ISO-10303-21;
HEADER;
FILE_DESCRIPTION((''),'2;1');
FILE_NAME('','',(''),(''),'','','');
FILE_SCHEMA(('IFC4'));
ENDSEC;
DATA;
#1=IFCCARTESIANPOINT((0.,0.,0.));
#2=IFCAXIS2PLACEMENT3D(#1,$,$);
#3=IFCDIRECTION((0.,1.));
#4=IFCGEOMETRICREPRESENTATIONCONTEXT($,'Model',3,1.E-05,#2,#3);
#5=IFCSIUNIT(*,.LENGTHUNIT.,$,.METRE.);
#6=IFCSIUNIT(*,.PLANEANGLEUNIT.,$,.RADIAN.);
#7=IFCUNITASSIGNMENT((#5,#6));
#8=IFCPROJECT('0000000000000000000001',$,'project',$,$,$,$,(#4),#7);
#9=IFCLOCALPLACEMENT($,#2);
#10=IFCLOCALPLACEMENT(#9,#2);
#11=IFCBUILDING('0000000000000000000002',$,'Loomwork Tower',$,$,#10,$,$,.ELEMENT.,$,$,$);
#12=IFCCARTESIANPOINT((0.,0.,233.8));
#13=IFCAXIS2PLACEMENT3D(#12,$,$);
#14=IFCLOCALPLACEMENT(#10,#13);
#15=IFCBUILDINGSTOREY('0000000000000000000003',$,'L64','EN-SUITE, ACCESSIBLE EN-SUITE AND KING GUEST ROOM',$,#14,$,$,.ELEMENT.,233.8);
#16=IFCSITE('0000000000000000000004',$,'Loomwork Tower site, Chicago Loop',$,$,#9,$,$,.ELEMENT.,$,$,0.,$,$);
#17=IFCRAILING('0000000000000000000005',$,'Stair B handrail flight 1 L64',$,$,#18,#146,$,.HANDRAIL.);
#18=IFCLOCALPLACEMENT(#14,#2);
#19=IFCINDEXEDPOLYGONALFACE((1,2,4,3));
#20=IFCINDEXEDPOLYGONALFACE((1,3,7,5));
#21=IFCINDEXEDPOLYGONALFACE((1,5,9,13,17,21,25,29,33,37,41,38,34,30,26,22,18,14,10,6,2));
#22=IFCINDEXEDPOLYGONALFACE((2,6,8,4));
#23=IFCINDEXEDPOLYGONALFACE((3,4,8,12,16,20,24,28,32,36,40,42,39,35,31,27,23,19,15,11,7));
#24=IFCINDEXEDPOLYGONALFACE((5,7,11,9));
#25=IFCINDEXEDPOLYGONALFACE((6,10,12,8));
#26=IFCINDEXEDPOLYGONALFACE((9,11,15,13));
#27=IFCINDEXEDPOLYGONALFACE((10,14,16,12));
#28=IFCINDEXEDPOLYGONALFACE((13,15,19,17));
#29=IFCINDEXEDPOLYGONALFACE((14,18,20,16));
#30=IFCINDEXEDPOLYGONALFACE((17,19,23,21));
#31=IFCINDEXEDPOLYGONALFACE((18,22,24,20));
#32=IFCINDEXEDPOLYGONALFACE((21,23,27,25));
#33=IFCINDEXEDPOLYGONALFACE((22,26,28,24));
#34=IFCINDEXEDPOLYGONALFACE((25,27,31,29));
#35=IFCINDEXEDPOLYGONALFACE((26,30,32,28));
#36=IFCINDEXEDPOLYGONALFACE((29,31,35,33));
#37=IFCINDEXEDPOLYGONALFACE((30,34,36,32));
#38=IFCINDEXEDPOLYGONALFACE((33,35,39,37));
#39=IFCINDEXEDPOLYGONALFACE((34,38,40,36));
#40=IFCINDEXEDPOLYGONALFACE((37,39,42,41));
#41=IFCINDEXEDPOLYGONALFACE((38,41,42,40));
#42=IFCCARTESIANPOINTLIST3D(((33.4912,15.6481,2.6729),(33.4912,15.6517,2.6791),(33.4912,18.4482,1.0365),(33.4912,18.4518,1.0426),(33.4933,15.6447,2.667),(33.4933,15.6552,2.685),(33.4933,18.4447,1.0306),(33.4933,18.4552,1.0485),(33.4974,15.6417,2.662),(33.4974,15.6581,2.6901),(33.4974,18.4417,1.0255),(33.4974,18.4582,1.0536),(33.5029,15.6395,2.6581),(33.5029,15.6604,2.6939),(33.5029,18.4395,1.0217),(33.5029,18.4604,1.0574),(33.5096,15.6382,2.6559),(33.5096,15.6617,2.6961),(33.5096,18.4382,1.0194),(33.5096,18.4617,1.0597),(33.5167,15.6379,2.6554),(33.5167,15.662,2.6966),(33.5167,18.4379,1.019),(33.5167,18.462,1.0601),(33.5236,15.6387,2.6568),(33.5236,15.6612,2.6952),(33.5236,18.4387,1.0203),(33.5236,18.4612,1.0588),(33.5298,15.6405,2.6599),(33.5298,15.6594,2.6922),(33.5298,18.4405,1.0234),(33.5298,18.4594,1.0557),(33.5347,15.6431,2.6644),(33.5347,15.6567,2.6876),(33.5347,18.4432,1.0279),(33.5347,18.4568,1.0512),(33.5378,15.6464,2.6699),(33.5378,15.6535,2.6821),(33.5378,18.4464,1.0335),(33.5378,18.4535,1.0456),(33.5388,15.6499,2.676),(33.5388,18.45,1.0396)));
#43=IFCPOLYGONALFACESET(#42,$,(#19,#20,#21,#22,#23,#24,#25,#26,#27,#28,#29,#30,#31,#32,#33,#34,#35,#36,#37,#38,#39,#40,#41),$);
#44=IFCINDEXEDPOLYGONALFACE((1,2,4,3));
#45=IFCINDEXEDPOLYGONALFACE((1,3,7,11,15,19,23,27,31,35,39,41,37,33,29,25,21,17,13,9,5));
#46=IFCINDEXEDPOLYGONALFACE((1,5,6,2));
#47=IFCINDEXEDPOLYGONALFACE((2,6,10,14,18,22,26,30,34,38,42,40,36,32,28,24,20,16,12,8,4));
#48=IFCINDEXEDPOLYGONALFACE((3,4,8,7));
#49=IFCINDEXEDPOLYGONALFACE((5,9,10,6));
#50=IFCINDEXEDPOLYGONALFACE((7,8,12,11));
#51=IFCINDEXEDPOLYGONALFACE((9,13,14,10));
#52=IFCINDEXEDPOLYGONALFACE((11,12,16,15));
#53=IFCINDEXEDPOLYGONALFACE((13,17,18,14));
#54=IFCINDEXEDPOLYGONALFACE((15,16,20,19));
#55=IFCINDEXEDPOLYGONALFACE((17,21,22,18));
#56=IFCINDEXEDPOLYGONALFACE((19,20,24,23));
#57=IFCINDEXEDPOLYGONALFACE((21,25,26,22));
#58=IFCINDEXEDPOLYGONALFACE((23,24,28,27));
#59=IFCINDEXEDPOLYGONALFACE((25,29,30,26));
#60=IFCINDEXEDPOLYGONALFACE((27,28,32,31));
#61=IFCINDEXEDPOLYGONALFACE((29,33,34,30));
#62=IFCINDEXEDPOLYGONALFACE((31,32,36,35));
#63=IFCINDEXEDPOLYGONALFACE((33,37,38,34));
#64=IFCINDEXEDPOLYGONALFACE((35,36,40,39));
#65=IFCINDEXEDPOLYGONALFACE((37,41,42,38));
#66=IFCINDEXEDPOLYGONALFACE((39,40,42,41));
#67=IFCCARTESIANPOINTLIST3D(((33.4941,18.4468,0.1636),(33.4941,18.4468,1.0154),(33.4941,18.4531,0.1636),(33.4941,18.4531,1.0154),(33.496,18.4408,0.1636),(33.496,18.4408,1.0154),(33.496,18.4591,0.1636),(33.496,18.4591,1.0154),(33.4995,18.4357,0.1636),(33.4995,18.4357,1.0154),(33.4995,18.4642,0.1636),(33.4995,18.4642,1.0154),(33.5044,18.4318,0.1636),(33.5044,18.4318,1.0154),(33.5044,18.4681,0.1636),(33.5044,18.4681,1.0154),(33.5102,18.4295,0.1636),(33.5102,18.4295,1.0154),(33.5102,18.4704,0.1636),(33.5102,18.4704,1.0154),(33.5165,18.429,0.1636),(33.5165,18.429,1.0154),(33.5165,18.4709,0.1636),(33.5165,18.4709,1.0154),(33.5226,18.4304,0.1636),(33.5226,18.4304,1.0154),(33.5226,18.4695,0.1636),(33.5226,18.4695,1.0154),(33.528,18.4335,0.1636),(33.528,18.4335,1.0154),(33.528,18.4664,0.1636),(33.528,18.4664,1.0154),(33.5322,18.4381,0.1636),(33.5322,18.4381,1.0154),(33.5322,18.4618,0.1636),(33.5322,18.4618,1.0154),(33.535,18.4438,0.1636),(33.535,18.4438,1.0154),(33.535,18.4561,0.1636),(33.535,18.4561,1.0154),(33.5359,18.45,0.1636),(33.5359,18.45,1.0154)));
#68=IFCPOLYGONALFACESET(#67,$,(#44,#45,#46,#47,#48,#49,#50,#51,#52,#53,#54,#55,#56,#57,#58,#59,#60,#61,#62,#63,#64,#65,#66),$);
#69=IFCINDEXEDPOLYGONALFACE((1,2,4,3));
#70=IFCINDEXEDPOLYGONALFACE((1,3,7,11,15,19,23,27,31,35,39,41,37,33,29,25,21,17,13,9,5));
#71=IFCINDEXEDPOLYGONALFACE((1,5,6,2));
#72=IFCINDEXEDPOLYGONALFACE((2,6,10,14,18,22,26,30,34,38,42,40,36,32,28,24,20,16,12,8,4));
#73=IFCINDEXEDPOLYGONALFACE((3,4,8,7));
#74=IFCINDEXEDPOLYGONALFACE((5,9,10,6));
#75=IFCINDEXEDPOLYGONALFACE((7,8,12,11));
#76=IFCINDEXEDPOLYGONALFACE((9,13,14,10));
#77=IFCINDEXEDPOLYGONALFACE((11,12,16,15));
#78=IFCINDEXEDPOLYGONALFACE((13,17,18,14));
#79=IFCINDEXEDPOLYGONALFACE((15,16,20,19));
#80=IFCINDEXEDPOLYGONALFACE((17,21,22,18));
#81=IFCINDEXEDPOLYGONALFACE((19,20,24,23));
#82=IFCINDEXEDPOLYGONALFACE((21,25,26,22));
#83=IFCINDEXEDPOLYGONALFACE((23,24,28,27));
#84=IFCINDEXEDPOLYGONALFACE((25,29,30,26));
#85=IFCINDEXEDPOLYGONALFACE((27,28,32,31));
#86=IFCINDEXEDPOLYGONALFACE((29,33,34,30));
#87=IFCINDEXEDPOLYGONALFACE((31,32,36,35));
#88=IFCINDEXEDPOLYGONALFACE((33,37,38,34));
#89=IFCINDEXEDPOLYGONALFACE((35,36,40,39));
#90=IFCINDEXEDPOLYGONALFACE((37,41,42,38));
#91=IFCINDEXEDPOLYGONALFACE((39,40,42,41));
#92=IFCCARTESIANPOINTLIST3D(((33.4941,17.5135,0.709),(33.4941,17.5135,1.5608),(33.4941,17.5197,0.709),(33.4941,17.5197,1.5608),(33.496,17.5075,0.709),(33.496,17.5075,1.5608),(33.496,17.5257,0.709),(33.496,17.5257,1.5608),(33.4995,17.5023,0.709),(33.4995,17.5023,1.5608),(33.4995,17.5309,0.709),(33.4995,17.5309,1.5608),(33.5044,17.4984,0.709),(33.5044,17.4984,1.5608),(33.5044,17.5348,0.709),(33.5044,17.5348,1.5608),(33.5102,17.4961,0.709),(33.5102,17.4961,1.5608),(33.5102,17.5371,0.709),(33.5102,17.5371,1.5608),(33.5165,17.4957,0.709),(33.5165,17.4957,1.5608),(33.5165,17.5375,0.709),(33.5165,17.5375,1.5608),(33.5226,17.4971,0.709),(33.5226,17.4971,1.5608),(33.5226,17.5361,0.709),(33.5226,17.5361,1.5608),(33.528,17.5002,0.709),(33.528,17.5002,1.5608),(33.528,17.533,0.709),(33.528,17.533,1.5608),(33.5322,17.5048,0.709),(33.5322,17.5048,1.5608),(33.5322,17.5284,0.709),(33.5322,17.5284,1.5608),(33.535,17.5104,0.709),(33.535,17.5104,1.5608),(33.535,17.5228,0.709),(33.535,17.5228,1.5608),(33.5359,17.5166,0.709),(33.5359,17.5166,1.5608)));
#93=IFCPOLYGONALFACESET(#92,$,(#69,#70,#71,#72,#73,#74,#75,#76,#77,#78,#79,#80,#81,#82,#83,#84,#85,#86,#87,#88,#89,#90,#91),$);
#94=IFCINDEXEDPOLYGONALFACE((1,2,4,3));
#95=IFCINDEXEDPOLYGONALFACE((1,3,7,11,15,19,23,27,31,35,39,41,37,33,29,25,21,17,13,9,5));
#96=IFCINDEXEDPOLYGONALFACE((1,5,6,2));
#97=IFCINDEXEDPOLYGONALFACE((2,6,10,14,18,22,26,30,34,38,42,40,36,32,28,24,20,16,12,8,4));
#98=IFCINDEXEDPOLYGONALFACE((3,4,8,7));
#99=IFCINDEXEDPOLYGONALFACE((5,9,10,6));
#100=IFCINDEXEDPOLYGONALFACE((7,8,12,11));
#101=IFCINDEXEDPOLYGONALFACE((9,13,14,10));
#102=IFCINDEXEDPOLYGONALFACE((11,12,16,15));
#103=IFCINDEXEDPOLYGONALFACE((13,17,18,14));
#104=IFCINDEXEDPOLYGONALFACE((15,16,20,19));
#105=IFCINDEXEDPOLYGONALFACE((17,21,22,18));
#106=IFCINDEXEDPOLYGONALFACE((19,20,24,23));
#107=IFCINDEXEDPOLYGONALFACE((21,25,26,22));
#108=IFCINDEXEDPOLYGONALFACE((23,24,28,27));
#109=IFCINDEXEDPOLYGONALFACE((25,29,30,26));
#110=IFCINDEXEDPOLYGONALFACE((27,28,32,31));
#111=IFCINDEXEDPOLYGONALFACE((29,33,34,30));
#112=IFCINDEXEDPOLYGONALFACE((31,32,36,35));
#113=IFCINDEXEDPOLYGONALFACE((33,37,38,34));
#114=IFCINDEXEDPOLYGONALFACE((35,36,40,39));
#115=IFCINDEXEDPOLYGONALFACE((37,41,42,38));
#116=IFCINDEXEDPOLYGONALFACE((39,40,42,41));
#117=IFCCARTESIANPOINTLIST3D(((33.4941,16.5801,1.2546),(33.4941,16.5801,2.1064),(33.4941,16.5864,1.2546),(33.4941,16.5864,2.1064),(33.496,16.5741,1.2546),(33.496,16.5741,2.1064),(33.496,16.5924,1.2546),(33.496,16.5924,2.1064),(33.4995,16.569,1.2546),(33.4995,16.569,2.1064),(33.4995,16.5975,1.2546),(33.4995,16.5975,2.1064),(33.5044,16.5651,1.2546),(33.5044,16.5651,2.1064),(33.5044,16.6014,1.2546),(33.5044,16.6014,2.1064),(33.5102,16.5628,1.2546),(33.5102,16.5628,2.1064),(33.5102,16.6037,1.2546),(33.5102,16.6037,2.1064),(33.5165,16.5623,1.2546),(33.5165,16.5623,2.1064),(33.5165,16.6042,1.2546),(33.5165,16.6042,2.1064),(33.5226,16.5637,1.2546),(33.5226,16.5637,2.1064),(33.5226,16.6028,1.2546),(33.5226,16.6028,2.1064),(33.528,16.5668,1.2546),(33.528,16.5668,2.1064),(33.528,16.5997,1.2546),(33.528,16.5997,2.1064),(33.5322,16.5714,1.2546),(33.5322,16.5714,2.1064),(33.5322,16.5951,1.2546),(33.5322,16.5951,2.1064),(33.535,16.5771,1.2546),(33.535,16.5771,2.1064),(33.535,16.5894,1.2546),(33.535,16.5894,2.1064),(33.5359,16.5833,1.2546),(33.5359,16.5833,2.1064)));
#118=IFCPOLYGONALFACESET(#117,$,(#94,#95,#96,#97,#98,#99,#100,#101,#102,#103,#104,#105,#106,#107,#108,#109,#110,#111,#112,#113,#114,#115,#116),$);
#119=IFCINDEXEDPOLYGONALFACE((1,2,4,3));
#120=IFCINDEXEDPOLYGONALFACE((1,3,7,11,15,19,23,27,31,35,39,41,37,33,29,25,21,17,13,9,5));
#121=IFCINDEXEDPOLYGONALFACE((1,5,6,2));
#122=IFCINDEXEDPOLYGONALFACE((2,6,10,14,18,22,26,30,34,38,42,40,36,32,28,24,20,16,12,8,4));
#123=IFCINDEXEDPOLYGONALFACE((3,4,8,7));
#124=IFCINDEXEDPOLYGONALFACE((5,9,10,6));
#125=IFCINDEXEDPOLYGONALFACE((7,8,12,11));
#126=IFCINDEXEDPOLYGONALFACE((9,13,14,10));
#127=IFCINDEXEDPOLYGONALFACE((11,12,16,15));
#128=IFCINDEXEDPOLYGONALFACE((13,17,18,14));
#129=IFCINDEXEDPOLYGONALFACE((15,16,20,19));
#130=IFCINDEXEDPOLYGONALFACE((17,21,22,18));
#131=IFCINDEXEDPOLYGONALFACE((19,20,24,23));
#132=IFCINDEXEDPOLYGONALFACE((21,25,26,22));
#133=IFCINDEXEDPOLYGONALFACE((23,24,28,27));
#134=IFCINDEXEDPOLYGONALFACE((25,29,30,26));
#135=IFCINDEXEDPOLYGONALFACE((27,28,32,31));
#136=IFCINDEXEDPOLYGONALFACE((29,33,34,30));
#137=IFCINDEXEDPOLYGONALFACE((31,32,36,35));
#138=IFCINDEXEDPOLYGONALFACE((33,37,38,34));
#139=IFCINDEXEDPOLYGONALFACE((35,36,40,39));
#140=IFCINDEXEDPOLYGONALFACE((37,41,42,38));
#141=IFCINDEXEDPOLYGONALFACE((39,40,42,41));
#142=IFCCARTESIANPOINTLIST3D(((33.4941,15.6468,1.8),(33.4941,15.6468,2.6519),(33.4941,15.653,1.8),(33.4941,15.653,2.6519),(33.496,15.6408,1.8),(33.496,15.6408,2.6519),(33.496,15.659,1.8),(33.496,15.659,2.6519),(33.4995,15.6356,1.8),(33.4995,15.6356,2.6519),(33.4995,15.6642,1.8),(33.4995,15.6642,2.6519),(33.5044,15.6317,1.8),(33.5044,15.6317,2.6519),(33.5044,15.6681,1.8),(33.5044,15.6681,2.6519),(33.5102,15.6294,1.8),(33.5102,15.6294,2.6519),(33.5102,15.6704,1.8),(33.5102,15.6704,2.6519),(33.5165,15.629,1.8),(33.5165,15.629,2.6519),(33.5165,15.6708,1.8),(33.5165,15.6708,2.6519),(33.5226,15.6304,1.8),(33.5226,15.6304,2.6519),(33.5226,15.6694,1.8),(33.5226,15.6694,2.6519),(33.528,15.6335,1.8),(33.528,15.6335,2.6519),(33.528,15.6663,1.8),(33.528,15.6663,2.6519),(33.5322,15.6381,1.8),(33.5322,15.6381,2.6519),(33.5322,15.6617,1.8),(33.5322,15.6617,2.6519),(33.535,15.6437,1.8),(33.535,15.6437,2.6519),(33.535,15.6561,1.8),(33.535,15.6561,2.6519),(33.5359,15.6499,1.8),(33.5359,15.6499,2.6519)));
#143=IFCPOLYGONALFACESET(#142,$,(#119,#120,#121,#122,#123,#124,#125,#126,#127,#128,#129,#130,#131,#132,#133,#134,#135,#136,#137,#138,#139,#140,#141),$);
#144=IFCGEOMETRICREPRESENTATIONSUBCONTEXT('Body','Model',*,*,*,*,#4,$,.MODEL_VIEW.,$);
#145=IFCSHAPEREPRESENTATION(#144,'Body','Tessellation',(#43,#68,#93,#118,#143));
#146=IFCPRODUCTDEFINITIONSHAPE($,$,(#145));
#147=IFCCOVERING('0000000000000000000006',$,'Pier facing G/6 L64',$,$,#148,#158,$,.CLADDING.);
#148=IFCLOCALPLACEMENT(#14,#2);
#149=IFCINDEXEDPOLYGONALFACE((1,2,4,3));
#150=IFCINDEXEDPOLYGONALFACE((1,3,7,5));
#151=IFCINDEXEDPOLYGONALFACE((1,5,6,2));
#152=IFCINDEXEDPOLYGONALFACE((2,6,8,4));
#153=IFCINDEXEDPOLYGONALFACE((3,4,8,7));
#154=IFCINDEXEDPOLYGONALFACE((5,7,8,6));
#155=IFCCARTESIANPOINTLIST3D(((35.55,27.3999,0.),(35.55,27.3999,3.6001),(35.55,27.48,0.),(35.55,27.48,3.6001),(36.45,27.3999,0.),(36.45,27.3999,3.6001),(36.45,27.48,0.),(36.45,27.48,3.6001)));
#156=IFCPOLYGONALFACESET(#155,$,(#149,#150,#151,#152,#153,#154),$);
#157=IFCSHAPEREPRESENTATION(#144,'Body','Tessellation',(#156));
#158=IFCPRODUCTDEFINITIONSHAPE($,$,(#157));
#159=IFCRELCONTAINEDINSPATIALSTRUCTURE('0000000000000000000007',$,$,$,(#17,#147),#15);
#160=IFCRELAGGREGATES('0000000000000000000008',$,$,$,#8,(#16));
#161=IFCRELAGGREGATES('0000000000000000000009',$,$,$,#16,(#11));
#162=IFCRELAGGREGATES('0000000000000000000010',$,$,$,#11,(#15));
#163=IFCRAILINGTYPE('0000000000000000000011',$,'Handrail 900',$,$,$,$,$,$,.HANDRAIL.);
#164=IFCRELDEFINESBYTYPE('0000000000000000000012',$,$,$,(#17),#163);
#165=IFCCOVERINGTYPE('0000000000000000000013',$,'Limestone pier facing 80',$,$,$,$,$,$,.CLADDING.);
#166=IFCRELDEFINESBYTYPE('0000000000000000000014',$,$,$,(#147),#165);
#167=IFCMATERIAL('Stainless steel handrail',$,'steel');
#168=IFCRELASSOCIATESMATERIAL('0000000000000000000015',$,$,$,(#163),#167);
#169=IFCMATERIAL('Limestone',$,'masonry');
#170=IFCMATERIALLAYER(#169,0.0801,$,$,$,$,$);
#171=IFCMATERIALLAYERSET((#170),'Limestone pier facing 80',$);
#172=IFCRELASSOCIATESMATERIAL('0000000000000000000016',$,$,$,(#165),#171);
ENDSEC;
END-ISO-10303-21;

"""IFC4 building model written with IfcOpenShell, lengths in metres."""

from ifc_helpers import new_model, si_unit, direction, frame, origin, origin_2d, place, context, subcontext, project, spatial, rectangle, circle, extrude, material, layer, layer_set, type_object, element, save


model = new_model("IFC4")

# Units and contexts
model_context = context("Model", 3, precision=1e-05, world=origin(), true_north=direction((0.0, 1.0)))
body_context = subcontext(model_context, "Body", "Model", "MODEL_VIEW")
ifc_project = project(units=[si_unit("LENGTHUNIT", "METRE"), si_unit("PLANEANGLEUNIT", "RADIAN")], contexts=[model_context])

# Site, building, storey
site_placement = place(None, origin())
site = spatial("IfcSite", under=ifc_project, at=site_placement, Name="Loomwork Tower site, Chicago Loop", CompositionType="ELEMENT", RefElevation=0.0)
building_placement = place(site_placement, origin())
building = spatial("IfcBuilding", under=site, at=building_placement, Name="Loomwork Tower", CompositionType="ELEMENT")
storey_placement = place(building_placement, frame((0.0, 0.0, 233.8)))
storey = spatial("IfcBuildingStorey", under=building, at=storey_placement, Name="L64", Description="EN-SUITE, ACCESSIBLE EN-SUITE AND KING GUEST ROOM", CompositionType="ELEMENT", Elevation=233.8)

# Railing
ifc_material_1 = material(Name="Stainless steel handrail", Category="steel")
railing_type = type_object("IfcRailingType", Name="Handrail 900", PredefinedType="HANDRAIL", material=ifc_material_1)
railing_placement = place(storey_placement, frame((33.5149, 18.45, 0.1636)))
element("IfcRailing", 1, at=railing_placement, inside=storey, type_object=railing_type, Name="Stair B handrail flight 1 L64", PredefinedType="HANDRAIL", context=body_context, shape_type="SweptSolid", body=[
    extrude(circle(Radius=0.0239, at=origin_2d()), frame((0.0, 0.0, 0.876), z_axis=(0.0, -0.863361, 0.504587), x_axis=(1.0, 0.0, 0.0)), (0.0, 0.0, 1.0), 3.2432),
    extrude(circle(Radius=0.021, at=origin_2d()), origin(), (0.0, 0.0, 1.0), 0.8518),
    extrude(circle(Radius=0.021, at=origin_2d()), frame((0.0, -0.9333, 0.5454)), (0.0, 0.0, 1.0), 0.8518),
    extrude(circle(Radius=0.021, at=origin_2d()), frame((0.0, -1.8667, 1.0911)), (0.0, 0.0, 1.0), 0.8518),
    extrude(circle(Radius=0.021, at=origin_2d()), frame((0.0, -2.8, 1.6365)), (0.0, 0.0, 1.0), 0.8518),
])

# Covering
ifc_material_2 = material(Name="Limestone", Category="masonry")
ifc_layer_1 = layer(ifc_material_2, 0.0801)
ifc_layer_set_1 = layer_set([ifc_layer_1], Name="Limestone pier facing 80")
covering_type = type_object("IfcCoveringType", Name="Limestone pier facing 80", PredefinedType="CLADDING", material=ifc_layer_set_1)
covering_placement = place(storey_placement, frame((36.0, 27.4399, 0.0), z_axis=(0.0, 0.0, 1.0), x_axis=(1.0, 0.0, 0.0)))
element("IfcCovering", 2, at=covering_placement, inside=storey, type_object=covering_type, Name="Pier facing G/6 L64", PredefinedType="CLADDING", context=body_context, shape_type="SweptSolid", body=[
    extrude(rectangle(XDim=0.8999, YDim=0.0801, at=origin_2d()), origin(), (0.0, 0.0, 1.0), 3.6001),
])

save(model, "model.ifc")
